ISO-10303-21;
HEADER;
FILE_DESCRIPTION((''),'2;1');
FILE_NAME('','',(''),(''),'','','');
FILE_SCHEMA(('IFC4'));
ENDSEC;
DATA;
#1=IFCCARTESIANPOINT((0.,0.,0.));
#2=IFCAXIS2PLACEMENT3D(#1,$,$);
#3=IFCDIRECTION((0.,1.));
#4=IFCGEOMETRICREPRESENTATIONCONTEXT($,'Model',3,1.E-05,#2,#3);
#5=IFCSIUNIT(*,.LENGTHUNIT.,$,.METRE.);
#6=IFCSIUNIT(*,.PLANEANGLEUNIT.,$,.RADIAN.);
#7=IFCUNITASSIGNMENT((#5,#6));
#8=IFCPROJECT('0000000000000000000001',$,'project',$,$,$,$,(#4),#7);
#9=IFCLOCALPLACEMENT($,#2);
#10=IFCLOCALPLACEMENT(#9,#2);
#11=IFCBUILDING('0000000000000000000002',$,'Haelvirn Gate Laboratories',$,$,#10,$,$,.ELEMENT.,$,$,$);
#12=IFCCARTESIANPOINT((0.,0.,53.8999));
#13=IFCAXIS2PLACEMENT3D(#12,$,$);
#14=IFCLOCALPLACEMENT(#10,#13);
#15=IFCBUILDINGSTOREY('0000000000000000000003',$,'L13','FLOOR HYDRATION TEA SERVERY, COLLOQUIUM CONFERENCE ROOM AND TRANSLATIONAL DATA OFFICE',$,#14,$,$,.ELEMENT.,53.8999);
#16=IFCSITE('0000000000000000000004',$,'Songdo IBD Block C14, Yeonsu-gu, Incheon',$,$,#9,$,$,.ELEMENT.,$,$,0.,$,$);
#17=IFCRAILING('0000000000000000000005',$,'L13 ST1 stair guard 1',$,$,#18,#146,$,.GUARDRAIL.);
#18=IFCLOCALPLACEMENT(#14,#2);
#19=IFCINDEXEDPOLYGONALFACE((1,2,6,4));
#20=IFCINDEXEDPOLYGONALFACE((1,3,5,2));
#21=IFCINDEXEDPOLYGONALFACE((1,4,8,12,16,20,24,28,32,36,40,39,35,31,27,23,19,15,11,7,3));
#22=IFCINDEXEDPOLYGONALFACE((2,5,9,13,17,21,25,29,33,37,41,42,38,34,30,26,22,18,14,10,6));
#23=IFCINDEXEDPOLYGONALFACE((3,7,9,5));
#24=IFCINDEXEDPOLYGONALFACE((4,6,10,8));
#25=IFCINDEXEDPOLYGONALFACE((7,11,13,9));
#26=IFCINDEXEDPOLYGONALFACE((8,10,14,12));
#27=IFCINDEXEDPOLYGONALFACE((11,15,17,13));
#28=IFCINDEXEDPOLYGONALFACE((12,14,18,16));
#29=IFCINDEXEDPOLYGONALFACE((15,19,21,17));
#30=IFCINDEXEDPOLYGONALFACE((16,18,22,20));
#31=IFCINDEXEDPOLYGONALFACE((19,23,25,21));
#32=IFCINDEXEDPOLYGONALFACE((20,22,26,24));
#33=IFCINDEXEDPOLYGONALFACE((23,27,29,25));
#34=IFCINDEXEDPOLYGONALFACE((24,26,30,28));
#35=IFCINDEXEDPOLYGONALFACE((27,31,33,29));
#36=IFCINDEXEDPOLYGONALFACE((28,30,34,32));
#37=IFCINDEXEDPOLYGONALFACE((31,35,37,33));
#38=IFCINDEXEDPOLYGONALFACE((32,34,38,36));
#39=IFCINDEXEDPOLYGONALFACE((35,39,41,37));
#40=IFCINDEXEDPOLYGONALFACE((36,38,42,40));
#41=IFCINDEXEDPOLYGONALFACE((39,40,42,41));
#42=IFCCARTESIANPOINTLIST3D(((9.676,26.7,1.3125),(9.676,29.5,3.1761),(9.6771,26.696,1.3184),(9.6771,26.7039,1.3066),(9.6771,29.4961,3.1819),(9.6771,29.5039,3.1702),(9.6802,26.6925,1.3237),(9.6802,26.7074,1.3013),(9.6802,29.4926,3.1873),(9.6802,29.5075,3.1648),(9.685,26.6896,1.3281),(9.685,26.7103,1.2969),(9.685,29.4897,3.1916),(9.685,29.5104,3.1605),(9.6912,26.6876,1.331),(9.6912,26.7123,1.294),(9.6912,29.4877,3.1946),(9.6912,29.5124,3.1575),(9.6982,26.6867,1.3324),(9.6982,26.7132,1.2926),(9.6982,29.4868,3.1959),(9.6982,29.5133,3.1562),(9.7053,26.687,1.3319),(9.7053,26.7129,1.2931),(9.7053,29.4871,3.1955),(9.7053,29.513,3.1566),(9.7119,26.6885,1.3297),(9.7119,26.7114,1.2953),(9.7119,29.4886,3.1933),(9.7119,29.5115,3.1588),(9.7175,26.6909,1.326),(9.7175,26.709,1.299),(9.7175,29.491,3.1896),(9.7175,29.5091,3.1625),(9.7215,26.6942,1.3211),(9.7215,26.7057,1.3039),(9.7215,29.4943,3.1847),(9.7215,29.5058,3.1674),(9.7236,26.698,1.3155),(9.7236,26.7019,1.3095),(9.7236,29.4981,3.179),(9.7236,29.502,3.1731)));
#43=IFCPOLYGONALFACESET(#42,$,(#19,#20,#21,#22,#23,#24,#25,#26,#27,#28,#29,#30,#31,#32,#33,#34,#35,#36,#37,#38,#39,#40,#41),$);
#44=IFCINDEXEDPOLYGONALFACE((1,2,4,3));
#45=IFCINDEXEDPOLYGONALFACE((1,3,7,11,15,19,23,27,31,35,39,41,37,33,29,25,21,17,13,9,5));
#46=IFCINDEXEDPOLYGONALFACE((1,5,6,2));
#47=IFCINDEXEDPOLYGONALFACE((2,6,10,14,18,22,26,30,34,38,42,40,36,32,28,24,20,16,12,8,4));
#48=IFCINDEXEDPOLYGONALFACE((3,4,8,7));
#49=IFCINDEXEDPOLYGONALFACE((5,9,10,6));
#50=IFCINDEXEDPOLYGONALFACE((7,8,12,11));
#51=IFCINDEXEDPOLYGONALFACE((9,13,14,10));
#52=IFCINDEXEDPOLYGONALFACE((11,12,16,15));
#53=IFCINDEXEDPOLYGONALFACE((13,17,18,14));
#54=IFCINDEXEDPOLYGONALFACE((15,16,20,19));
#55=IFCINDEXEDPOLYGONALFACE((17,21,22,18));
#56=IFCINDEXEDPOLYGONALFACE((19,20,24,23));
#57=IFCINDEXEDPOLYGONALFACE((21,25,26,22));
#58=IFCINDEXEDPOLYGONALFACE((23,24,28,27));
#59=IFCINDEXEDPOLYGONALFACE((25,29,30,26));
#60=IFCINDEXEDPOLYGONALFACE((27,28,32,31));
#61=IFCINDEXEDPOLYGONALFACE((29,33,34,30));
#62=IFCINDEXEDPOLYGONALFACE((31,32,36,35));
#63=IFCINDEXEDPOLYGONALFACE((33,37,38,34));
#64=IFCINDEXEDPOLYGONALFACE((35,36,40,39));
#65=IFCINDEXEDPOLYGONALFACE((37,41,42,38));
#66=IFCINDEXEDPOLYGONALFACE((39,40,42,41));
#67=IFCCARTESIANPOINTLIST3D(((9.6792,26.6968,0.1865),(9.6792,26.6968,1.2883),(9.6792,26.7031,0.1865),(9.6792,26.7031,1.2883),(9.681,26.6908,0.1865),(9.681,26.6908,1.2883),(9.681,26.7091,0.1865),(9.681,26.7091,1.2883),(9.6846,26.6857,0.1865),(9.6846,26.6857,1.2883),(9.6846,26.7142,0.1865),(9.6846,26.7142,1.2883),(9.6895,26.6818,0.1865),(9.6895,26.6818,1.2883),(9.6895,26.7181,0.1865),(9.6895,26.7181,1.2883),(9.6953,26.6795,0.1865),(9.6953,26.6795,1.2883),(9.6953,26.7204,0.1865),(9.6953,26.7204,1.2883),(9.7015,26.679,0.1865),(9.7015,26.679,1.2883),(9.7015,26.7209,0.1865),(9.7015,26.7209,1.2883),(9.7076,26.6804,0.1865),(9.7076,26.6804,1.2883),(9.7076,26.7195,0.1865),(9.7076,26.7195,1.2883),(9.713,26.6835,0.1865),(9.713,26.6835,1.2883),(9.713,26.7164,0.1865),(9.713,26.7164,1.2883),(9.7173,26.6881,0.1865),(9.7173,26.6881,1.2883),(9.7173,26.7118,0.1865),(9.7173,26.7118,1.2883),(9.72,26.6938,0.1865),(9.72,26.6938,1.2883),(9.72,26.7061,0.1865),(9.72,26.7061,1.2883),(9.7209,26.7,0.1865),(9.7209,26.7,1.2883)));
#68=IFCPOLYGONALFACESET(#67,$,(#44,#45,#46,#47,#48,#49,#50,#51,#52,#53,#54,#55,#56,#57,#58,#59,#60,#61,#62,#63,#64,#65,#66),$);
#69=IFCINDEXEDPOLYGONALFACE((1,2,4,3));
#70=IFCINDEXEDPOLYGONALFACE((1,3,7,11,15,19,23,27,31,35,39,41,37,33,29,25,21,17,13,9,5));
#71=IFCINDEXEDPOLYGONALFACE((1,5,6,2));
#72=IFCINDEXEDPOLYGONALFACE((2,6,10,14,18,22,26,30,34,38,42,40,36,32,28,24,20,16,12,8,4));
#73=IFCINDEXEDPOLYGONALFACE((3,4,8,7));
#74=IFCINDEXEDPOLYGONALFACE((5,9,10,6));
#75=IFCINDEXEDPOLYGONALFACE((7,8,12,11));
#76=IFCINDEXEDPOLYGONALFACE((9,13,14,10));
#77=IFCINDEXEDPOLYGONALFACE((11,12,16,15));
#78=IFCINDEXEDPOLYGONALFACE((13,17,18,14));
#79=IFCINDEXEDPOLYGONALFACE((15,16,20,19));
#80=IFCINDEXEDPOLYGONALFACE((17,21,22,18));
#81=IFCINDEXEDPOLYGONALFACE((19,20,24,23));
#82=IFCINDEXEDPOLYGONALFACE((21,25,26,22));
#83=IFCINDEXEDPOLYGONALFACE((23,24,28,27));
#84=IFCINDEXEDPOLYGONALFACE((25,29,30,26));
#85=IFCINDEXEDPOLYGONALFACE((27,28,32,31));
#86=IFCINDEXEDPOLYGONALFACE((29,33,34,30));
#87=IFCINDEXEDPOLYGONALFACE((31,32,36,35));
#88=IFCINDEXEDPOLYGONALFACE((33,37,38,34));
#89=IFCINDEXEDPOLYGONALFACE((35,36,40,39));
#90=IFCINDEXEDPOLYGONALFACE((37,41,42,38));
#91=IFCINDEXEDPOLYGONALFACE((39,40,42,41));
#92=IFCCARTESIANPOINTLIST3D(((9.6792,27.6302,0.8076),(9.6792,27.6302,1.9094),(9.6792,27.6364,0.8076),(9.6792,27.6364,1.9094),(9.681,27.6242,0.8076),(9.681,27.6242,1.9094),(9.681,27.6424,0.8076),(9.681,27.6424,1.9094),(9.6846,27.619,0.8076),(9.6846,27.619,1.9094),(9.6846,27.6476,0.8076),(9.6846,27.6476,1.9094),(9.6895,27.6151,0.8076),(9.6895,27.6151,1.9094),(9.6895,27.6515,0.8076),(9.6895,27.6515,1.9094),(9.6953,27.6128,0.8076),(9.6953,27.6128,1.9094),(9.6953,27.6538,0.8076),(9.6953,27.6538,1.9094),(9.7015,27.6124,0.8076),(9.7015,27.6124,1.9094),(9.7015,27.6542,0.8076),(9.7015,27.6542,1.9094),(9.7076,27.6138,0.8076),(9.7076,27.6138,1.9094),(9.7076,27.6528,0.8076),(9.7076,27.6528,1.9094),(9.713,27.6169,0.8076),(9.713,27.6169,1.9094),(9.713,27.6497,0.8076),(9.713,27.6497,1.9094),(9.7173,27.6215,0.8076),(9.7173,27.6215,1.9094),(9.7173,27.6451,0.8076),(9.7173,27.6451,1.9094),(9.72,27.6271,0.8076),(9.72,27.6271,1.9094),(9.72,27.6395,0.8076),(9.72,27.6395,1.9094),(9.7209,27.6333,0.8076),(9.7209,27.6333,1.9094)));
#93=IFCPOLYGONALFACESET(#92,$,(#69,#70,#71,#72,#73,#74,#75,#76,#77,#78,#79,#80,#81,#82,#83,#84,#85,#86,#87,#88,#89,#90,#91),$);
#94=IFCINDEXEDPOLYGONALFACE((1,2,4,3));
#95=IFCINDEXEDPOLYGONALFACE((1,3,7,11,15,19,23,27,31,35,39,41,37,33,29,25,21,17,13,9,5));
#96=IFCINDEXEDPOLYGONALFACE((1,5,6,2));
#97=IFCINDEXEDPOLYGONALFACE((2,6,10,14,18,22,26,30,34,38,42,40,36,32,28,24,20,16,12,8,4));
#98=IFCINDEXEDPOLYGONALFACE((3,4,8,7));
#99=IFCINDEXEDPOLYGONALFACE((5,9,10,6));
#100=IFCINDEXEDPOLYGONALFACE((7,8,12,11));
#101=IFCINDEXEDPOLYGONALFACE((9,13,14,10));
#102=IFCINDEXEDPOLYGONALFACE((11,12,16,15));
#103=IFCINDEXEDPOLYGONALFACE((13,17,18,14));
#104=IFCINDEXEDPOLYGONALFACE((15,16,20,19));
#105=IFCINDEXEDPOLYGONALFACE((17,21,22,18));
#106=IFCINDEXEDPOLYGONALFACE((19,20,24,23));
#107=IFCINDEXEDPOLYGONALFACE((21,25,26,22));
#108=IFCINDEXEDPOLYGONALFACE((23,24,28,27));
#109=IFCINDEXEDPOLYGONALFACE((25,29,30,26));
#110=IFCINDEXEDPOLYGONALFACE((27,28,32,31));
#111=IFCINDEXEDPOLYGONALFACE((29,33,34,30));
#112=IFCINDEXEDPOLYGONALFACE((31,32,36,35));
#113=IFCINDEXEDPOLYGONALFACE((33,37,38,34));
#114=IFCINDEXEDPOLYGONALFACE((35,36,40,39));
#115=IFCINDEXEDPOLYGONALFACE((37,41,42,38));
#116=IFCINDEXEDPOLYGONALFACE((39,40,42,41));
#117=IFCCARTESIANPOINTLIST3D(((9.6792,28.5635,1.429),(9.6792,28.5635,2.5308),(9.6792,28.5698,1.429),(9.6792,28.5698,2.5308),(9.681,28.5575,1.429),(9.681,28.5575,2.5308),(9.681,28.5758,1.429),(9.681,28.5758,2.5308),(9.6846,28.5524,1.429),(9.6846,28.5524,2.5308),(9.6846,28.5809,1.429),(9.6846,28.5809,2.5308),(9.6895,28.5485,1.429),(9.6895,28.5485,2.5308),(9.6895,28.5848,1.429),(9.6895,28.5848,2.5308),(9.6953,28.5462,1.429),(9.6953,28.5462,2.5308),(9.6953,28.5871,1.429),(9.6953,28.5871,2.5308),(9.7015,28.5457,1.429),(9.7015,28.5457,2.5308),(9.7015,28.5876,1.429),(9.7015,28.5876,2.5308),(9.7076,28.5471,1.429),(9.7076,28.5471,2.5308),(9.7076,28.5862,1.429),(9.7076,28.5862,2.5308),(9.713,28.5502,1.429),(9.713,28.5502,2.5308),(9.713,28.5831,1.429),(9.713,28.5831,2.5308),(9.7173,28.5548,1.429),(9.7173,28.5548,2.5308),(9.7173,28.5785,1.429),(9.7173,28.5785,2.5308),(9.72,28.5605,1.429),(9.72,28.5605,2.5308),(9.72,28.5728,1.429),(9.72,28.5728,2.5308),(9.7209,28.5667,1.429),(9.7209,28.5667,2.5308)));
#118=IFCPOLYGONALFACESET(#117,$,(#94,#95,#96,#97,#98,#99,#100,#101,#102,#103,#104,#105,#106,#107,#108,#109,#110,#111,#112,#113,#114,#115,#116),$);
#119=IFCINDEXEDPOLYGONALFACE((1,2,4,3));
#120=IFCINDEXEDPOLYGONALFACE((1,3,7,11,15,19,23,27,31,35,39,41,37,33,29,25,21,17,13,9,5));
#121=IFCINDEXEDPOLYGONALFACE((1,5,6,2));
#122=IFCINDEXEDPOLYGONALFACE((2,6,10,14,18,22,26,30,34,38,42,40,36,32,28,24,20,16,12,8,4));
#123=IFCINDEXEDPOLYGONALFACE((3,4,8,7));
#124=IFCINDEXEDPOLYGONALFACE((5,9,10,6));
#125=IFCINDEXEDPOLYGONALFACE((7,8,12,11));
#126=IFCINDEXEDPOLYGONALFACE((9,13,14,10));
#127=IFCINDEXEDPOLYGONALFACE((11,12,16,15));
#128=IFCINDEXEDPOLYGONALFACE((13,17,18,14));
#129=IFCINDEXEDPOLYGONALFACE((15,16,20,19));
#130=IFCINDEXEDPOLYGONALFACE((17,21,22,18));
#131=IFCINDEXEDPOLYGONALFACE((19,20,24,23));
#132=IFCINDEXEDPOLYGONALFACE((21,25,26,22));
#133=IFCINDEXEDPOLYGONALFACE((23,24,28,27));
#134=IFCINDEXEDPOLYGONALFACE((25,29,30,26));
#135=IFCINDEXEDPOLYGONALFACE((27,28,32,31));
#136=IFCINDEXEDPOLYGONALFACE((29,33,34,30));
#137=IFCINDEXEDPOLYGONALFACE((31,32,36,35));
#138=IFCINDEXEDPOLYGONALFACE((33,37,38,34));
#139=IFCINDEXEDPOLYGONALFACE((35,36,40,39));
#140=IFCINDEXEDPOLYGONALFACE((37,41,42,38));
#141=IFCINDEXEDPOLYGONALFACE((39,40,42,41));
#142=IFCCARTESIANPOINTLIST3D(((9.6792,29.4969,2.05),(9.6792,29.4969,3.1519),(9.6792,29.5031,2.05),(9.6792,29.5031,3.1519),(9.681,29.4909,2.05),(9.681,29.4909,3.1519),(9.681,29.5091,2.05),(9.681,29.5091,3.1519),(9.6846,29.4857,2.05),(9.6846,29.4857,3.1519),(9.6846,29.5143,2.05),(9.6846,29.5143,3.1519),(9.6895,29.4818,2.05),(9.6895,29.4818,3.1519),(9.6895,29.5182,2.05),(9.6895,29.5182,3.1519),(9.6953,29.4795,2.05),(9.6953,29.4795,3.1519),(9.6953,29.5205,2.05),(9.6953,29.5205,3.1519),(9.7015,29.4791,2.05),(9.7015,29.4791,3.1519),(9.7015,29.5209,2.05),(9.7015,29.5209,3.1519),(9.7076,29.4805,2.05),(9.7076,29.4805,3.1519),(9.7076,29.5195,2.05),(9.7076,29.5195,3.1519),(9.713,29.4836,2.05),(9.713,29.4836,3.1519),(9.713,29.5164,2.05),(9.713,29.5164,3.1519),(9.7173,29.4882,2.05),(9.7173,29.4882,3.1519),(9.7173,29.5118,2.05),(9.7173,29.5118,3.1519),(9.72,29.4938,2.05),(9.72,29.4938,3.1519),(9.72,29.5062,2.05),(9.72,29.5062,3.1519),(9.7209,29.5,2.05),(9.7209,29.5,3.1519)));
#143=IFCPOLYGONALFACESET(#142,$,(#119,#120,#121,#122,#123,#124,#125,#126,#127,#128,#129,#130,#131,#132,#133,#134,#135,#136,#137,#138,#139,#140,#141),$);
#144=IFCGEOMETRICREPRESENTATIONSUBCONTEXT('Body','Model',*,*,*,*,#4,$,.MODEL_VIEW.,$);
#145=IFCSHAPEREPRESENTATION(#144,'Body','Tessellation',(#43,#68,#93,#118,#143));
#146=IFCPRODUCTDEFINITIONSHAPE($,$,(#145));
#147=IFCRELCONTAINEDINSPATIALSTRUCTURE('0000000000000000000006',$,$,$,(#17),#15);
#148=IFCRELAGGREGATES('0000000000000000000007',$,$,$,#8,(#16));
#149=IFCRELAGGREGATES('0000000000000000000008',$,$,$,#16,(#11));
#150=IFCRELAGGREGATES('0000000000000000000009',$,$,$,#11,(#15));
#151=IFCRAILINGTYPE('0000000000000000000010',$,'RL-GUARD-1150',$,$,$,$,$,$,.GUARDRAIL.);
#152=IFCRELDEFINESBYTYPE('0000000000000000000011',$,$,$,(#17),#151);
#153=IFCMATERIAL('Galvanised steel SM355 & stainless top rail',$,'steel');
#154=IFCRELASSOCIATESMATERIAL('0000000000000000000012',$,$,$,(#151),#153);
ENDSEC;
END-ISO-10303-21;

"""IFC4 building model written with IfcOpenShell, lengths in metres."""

from ifc_helpers import new_model, si_unit, direction, frame, origin, origin_2d, place, context, subcontext, project, spatial, circle, extrude, source, transform, mapped, material, type_object, element, save


model = new_model("IFC4")

# Units and contexts
model_context = context("Model", 3, precision=1e-05, world=origin(), true_north=direction((0.0, 1.0)))
body_context = subcontext(model_context, "Body", "Model", "MODEL_VIEW")
ifc_project = project(units=[si_unit("LENGTHUNIT", "METRE"), si_unit("PLANEANGLEUNIT", "RADIAN")], contexts=[model_context])

# Site, building, storey
site_placement = place(None, origin())
site = spatial("IfcSite", under=ifc_project, at=site_placement, Name="Songdo IBD Block C14, Yeonsu-gu, Incheon", CompositionType="ELEMENT", RefElevation=0.0)
building_placement = place(site_placement, origin())
building = spatial("IfcBuilding", under=site, at=building_placement, Name="Haelvirn Gate Laboratories", CompositionType="ELEMENT")
storey_placement = place(building_placement, frame((0.0, 0.0, 53.8999)))
storey = spatial("IfcBuildingStorey", under=building, at=storey_placement, Name="L13", Description="FLOOR HYDRATION TEA SERVERY, COLLOQUIUM CONFERENCE ROOM AND TRANSLATIONAL DATA OFFICE", CompositionType="ELEMENT", Elevation=53.8999)

# Railing
ifc_material_1 = material(Name="Galvanised steel SM355 & stainless top rail", Category="steel")
railing_type_1 = type_object("IfcRailingType", Name="RL-GUARD-1150", PredefinedType="GUARDRAIL", material=ifc_material_1)
shared_shape_1 = source(origin(), body_context, "Body", "SweptSolid", [
    extrude(circle(Radius=0.0239, at=origin_2d()), frame((0.0, 0.0, 1.126), z_axis=(0.0, 0.832486, 0.554047), x_axis=(-1.0, 0.0, 0.0)), (0.0, 0.0, 1.0), 3.3635),
    extrude(circle(Radius=0.021, at=origin_2d()), origin(), (0.0, 0.0, 1.0), 1.1018),
    extrude(circle(Radius=0.021, at=origin_2d()), frame((0.0, 0.9333, 0.6211)), (0.0, 0.0, 1.0), 1.1018),
    extrude(circle(Radius=0.021, at=origin_2d()), frame((0.0, 1.8667, 1.2424)), (0.0, 0.0, 1.0), 1.1018),
    extrude(circle(Radius=0.021, at=origin_2d()), frame((0.0, 2.8, 1.8635)), (0.0, 0.0, 1.0), 1.1018),
])
railing_1_placement = place(storey_placement, frame((9.7, 26.7, 0.1865)))
element("IfcRailing", 1, at=railing_1_placement, inside=storey, type_object=railing_type_1, Name="L13 ST1 stair guard 1", PredefinedType="GUARDRAIL", context=body_context, shape_type="MappedRepresentation", body=[
    mapped(shared_shape_1, transform((0.0, 0.0, 0.0), scale=1.0)),
])

save(model, "model.ifc")
